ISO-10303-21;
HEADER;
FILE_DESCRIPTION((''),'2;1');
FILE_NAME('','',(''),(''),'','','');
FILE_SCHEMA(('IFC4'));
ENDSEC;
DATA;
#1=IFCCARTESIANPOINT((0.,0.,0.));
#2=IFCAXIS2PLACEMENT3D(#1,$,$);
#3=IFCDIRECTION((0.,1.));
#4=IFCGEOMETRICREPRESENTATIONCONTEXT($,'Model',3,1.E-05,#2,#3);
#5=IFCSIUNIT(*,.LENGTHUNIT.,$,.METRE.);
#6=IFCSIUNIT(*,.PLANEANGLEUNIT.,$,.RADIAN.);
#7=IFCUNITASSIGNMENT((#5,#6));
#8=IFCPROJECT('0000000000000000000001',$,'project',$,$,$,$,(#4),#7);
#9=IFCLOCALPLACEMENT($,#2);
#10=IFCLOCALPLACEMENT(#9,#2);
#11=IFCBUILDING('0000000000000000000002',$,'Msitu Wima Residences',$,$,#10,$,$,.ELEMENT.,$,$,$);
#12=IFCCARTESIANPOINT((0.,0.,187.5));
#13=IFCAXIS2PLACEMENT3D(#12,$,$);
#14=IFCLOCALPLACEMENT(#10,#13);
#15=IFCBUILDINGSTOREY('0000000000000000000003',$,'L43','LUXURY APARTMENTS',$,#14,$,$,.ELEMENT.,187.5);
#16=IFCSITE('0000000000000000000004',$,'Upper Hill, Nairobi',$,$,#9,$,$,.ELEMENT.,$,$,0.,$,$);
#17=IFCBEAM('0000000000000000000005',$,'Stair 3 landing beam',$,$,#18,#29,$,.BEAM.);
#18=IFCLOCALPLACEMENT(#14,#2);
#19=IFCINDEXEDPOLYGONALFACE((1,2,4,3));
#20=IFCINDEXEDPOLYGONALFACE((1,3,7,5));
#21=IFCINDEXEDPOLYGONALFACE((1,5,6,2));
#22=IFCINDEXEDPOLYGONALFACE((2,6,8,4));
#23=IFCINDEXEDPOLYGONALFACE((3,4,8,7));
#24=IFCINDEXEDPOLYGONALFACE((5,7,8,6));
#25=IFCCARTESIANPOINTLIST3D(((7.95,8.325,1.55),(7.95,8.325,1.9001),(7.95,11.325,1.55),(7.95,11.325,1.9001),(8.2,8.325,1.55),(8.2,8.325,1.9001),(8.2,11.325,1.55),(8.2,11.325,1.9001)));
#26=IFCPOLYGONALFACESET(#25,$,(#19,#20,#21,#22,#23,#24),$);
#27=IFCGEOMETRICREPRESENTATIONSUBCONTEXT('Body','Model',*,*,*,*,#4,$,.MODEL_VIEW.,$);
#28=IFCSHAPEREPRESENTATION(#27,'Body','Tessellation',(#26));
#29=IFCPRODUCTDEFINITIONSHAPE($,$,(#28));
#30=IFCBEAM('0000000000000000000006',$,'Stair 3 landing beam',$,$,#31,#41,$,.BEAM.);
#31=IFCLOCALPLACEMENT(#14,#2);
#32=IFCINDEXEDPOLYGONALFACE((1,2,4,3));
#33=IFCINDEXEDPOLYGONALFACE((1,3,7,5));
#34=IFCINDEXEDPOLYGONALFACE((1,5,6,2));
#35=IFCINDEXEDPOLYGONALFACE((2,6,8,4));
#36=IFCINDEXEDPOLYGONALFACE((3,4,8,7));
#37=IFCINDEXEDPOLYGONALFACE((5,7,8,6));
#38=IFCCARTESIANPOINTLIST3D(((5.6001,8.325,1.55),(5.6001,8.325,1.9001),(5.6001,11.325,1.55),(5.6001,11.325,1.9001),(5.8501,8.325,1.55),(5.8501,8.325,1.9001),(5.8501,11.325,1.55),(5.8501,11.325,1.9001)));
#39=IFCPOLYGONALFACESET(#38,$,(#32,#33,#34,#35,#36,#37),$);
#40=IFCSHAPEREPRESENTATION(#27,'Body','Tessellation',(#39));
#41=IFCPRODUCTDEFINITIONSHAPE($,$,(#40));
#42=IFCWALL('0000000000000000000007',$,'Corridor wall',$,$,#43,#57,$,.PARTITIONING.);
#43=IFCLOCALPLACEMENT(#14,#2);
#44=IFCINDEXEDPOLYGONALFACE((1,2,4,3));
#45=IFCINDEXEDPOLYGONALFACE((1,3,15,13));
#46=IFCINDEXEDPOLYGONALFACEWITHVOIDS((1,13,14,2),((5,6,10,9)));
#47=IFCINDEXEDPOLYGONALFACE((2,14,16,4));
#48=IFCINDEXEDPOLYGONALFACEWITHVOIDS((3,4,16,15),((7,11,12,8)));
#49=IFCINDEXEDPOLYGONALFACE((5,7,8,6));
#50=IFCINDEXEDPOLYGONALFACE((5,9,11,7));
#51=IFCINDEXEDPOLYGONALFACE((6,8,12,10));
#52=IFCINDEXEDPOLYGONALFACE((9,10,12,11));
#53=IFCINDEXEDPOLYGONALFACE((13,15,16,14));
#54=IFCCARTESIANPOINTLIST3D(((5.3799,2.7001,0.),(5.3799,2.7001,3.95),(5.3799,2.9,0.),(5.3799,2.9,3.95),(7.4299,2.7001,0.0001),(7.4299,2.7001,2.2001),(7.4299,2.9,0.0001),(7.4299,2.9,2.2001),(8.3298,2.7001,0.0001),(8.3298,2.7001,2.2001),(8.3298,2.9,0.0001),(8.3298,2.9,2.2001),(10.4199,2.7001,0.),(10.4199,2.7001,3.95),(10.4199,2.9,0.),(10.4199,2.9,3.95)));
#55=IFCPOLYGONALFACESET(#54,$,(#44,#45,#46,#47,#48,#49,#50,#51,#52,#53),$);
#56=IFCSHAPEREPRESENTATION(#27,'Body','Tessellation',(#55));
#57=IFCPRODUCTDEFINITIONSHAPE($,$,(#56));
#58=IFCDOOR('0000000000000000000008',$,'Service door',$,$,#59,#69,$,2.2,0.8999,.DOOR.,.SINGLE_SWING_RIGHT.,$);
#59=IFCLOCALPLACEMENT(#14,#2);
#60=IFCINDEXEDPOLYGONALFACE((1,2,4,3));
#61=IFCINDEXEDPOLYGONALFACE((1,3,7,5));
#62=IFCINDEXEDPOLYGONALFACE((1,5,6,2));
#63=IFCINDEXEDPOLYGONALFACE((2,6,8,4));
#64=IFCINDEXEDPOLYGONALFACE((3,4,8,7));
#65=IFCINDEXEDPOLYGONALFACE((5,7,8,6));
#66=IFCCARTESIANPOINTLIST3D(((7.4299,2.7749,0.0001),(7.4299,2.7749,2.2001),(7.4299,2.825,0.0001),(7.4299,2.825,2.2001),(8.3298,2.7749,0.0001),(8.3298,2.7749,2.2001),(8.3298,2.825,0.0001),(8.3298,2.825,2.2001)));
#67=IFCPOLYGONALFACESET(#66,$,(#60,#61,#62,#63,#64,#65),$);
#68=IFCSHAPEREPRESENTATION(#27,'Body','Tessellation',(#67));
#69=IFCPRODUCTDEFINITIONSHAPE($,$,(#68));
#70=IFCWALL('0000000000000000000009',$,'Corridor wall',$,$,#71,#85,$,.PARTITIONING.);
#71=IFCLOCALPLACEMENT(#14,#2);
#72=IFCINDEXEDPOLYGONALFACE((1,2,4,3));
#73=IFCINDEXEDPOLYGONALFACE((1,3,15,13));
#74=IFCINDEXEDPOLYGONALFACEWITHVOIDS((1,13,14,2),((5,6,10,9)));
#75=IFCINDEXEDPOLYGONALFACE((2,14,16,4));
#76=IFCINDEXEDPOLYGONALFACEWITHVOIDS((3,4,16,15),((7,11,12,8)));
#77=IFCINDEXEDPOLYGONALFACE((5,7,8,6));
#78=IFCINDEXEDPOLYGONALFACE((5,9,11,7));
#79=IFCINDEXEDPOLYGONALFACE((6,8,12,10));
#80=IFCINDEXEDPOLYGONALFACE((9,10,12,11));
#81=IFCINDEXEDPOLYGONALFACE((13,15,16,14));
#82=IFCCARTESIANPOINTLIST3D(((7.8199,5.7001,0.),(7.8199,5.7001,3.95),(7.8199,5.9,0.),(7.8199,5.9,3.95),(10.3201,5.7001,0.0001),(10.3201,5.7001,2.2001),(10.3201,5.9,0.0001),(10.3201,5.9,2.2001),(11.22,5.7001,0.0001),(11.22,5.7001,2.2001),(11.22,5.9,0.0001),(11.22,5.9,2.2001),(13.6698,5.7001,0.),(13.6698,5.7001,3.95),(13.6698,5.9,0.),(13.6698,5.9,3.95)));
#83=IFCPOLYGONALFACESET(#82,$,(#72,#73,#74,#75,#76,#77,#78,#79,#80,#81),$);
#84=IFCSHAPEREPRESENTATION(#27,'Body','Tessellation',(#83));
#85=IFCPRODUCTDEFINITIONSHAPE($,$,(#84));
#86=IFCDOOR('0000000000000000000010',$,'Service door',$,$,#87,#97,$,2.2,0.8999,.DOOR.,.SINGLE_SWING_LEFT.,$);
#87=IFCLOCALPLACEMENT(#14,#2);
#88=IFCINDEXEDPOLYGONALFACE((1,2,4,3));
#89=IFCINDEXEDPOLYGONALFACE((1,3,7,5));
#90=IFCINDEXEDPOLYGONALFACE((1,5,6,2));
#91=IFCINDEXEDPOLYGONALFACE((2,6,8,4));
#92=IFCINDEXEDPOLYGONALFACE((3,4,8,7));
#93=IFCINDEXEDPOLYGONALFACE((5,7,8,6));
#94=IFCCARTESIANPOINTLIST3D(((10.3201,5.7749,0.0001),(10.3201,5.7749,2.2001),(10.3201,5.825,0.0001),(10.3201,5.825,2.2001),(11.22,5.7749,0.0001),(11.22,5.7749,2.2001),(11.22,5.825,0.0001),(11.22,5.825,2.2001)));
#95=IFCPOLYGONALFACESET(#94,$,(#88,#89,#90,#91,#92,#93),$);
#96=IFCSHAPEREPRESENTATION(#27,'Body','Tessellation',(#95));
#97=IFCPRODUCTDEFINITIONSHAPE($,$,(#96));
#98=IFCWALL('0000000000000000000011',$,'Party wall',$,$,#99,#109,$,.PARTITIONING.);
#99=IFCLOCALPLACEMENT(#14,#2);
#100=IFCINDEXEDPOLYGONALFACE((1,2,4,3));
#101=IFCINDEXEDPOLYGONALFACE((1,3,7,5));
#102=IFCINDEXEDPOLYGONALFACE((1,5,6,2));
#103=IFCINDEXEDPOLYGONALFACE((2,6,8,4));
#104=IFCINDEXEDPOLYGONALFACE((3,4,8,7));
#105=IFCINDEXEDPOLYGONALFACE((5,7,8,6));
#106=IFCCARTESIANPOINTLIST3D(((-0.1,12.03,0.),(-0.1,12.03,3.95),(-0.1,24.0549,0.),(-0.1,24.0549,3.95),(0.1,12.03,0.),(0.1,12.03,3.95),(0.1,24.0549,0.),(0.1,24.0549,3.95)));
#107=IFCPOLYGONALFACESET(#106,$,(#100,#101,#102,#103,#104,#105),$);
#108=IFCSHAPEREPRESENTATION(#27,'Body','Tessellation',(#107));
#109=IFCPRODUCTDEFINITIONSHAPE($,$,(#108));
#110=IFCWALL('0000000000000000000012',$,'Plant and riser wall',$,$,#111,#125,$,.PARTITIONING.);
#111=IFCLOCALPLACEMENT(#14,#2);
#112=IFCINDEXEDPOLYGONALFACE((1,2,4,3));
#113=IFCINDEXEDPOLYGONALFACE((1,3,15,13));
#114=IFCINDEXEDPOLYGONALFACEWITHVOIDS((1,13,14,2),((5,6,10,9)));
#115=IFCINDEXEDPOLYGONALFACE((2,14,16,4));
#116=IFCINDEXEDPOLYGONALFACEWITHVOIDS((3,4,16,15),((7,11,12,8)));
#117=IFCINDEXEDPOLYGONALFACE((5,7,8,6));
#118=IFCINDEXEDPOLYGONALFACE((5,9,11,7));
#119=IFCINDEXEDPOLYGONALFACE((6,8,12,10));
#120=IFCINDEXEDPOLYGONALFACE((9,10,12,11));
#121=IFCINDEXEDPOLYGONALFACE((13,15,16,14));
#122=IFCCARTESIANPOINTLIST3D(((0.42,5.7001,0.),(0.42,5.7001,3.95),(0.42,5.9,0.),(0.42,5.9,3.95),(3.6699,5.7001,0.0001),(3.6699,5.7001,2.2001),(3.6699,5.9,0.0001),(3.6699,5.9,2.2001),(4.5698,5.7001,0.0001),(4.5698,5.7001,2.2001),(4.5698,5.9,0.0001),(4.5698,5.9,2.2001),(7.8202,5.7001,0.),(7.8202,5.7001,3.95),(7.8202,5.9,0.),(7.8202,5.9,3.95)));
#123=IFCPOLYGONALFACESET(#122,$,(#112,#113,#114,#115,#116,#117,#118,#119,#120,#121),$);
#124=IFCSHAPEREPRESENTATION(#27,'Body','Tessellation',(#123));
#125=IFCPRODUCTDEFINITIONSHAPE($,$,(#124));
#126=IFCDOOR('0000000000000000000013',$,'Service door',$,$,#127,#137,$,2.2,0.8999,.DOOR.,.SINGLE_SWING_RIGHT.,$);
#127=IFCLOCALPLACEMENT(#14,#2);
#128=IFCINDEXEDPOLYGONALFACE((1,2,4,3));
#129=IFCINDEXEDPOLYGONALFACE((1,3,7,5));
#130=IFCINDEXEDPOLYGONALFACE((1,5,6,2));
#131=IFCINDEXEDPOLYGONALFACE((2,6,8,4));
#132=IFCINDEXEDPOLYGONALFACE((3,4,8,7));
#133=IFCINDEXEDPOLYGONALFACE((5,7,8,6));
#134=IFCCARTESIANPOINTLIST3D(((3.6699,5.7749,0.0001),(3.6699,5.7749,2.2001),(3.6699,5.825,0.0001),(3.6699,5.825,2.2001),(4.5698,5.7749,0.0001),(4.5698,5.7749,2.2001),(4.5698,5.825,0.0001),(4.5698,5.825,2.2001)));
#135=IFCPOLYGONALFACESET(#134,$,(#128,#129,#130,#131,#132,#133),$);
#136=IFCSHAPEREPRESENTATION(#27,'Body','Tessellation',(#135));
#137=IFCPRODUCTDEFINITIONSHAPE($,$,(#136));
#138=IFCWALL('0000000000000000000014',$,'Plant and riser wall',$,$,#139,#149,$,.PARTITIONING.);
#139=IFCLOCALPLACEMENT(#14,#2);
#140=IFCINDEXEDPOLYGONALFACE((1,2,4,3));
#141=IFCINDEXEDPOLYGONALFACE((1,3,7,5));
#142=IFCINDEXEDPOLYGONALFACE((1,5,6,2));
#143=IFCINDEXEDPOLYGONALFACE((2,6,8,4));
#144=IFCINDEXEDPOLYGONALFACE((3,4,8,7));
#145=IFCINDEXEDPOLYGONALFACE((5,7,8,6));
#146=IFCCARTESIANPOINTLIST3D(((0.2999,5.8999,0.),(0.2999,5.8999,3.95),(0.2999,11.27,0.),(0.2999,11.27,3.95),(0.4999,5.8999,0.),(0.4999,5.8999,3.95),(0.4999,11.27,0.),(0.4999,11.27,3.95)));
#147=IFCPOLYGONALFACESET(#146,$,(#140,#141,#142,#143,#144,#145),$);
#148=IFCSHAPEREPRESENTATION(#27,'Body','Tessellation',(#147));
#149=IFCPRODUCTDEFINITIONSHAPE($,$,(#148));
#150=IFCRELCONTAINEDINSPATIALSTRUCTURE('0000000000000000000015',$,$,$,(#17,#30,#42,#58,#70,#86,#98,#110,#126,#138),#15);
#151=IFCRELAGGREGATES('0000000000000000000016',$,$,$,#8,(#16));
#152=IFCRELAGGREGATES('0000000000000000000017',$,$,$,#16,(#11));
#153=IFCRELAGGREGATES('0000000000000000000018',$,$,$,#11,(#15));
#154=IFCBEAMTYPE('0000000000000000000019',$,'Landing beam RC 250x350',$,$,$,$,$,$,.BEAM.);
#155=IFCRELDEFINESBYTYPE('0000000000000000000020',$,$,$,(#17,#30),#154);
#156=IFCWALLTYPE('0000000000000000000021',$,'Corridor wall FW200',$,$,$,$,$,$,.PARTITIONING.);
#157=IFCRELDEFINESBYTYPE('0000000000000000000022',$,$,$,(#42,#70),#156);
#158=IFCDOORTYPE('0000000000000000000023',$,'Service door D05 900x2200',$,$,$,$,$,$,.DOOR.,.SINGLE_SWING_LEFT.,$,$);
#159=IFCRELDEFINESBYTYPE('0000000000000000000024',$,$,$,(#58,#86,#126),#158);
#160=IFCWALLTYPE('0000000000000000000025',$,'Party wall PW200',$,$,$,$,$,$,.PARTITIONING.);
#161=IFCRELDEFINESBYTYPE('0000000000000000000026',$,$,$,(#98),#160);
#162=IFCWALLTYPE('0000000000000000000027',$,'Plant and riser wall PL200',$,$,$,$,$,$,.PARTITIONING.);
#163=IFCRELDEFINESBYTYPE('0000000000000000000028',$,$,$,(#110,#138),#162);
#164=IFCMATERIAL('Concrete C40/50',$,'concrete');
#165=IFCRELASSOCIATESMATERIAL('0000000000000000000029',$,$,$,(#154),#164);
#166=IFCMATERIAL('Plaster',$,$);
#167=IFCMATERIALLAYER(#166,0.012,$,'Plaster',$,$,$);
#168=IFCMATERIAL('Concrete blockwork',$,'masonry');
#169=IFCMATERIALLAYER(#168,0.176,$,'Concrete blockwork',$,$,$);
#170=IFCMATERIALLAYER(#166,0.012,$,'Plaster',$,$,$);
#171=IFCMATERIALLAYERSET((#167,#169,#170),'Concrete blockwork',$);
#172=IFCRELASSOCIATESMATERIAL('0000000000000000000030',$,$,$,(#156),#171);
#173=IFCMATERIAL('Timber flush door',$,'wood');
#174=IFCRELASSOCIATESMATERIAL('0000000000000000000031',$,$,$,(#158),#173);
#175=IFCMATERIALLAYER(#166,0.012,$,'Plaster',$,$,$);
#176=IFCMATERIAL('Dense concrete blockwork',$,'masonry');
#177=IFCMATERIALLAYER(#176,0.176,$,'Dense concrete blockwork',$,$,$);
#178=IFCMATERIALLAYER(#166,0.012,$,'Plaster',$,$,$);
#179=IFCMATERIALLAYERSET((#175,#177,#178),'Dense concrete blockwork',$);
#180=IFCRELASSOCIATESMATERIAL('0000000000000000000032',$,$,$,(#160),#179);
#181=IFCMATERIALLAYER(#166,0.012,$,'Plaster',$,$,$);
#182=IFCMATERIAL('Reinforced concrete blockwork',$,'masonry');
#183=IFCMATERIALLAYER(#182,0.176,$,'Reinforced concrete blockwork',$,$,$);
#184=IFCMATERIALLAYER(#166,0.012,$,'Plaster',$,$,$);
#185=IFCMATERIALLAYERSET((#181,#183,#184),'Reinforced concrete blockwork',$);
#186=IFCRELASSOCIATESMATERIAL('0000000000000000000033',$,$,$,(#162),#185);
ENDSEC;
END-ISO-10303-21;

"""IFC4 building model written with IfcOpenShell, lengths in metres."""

from ifc_helpers import new_model, si_unit, direction, frame, frame_2d, origin, origin_2d, place, context, subcontext, project, spatial, rectangle, extrude, material, layer, layer_set, material_profile, profile_set, type_object, element, fill, save


model = new_model("IFC4")

# Units and contexts
model_context = context("Model", 3, precision=1e-05, world=origin(), true_north=direction((0.0, 1.0)))
body_context = subcontext(model_context, "Body", "Model", "MODEL_VIEW")
ifc_project = project(units=[si_unit("LENGTHUNIT", "METRE"), si_unit("PLANEANGLEUNIT", "RADIAN")], contexts=[model_context])

# Site, building, storey
site_placement = place(None, origin())
site = spatial("IfcSite", under=ifc_project, at=site_placement, Name="Upper Hill, Nairobi", CompositionType="ELEMENT", RefElevation=0.0)
building_placement = place(site_placement, origin())
building = spatial("IfcBuilding", under=site, at=building_placement, Name="Msitu Wima Residences", CompositionType="ELEMENT")
storey_placement = place(building_placement, frame((0.0, 0.0, 187.5)))
storey = spatial("IfcBuildingStorey", under=building, at=storey_placement, Name="L43", Description="LUXURY APARTMENTS", CompositionType="ELEMENT", Elevation=187.5)

# Beams
ifc_material_1 = material(Name="Concrete C40/50", Category="concrete")
ifc_material_profile = material_profile(ifc_material_1, rectangle(XDim=0.25, YDim=0.3501, at=origin_2d()), Name="RC 250x350")
ifc_profile_set = profile_set([ifc_material_profile], Name="Concrete C40/50")
beam_type = type_object("IfcBeamType", Name="Landing beam RC 250x350", PredefinedType="BEAM", material=ifc_profile_set)
for number, where, z_axis, x_axis, name in (
    (1, (8.075, 8.325, 1.7251), (0.0, 1.0, 0.0), (-1.0, 0.0, 0.0), "Stair 3 landing beam"),
    (2, (5.7251, 8.325, 1.7251), (0.0, 1.0, 0.0), (-1.0, 0.0, 0.0), "Stair 3 landing beam"),
):
    element("IfcBeam", number, at=place(storey_placement, frame(where, z_axis=z_axis, x_axis=x_axis)), inside=storey, type_object=beam_type, Name=name, PredefinedType="BEAM", context=body_context, shape_type="SweptSolid", body=[
        extrude(rectangle(XDim=0.25, YDim=0.3501, at=origin_2d()), origin(), (0.0, 0.0, 1.0), 3.0),
    ])

# Walls, openings, doors
ifc_material_2 = material(Name="Plaster")
ifc_layer_1 = layer(ifc_material_2, 0.012, Name="Plaster")
ifc_material_3 = material(Name="Concrete blockwork", Category="masonry")
ifc_layer_2 = layer(ifc_material_3, 0.176, Name="Concrete blockwork")
ifc_layer_3 = layer(ifc_material_2, 0.012, Name="Plaster")
ifc_layer_set_1 = layer_set([ifc_layer_1, ifc_layer_2, ifc_layer_3], Name="Concrete blockwork")
wall_type_1 = type_object("IfcWallType", Name="Corridor wall FW200", PredefinedType="PARTITIONING", material=ifc_layer_set_1)
wall_1_placement = place(storey_placement, frame((5.3799, 2.8, 0.0), z_axis=(0.0, 0.0, 1.0), x_axis=(1.0, 0.0, 0.0)))
wall_1 = element("IfcWall", 3, at=wall_1_placement, inside=storey, type_object=wall_type_1, Name="Corridor wall", PredefinedType="PARTITIONING", context=body_context, shape_type="SweptSolid", body=[
    extrude(rectangle(XDim=5.04, YDim=0.2, at=frame_2d((2.52, 0.0))), origin(), (0.0, 0.0, 1.0), 3.95),
])
opening_1_placement = place(wall_1_placement, frame((2.05, 0.0, 0.0)))
opening_1 = element("IfcOpeningElement", 4, at=opening_1_placement, cuts=wall_1, PredefinedType="OPENING", context=body_context, shape_type="SweptSolid", body=[
    extrude(rectangle(XDim=0.8999, YDim=2.2, at=frame_2d((0.45, 1.1001))), frame((0.0, 0.1099, 0.0), z_axis=(0.0, -1.0, 0.0), x_axis=(1.0, 0.0, 0.0)), (0.0, 0.0, 1.0), 0.22),
])
ifc_material_4 = material(Name="Timber flush door", Category="wood")
door_type = type_object("IfcDoorType", Name="Service door D05 900x2200", OperationType="SINGLE_SWING_LEFT", PredefinedType="DOOR", material=ifc_material_4)
door_1_placement = place(opening_1_placement, origin())
door_1 = element("IfcDoor", 5, at=door_1_placement, inside=storey, type_object=door_type, Name="Service door", OperationType="SINGLE_SWING_RIGHT", OverallHeight=2.2, OverallWidth=0.8999, PredefinedType="DOOR", context=body_context, shape_type="SweptSolid", body=[
    extrude(rectangle(XDim=0.8999, YDim=2.2, at=frame_2d((0.45, 1.1001))), frame((0.0, 0.0249, 0.0), z_axis=(0.0, -1.0, 0.0), x_axis=(1.0, 0.0, 0.0)), (0.0, 0.0, 1.0), 0.05),
])
fill(opening_1, door_1)
wall_2_placement = place(storey_placement, frame((7.8201, 5.8, 0.0), z_axis=(0.0, 0.0, 1.0), x_axis=(1.0, 0.0, 0.0)))
wall_2 = element("IfcWall", 6, at=wall_2_placement, inside=storey, type_object=wall_type_1, Name="Corridor wall", PredefinedType="PARTITIONING", context=body_context, shape_type="SweptSolid", body=[
    extrude(rectangle(XDim=5.8499, YDim=0.2, at=frame_2d((2.9248, 0.0))), origin(), (0.0, 0.0, 1.0), 3.95),
])
opening_2_placement = place(wall_2_placement, frame((2.5, 0.0, 0.0)))
opening_2 = element("IfcOpeningElement", 7, at=opening_2_placement, cuts=wall_2, PredefinedType="OPENING", context=body_context, shape_type="SweptSolid", body=[
    extrude(rectangle(XDim=0.8999, YDim=2.2, at=frame_2d((0.45, 1.1001))), frame((0.0, 0.1099, 0.0), z_axis=(0.0, -1.0, 0.0), x_axis=(1.0, 0.0, 0.0)), (0.0, 0.0, 1.0), 0.22),
])
door_2_placement = place(opening_2_placement, origin())
door_2 = element("IfcDoor", 8, at=door_2_placement, inside=storey, type_object=door_type, Name="Service door", OperationType="SINGLE_SWING_LEFT", OverallHeight=2.2, OverallWidth=0.8999, PredefinedType="DOOR", context=body_context, shape_type="SweptSolid", body=[
    extrude(rectangle(XDim=0.8999, YDim=2.2, at=frame_2d((0.45, 1.1001))), frame((0.0, 0.0249, 0.0), z_axis=(0.0, -1.0, 0.0), x_axis=(1.0, 0.0, 0.0)), (0.0, 0.0, 1.0), 0.05),
])
fill(opening_2, door_2)

# Wall
ifc_layer_4 = layer(ifc_material_2, 0.012, Name="Plaster")
ifc_material_5 = material(Name="Dense concrete blockwork", Category="masonry")
ifc_layer_5 = layer(ifc_material_5, 0.176, Name="Dense concrete blockwork")
ifc_layer_6 = layer(ifc_material_2, 0.012, Name="Plaster")
ifc_layer_set_2 = layer_set([ifc_layer_4, ifc_layer_5, ifc_layer_6], Name="Dense concrete blockwork")
wall_type_2 = type_object("IfcWallType", Name="Party wall PW200", PredefinedType="PARTITIONING", material=ifc_layer_set_2)
wall_3_placement = place(storey_placement, frame((0.0, 12.03, 0.0), z_axis=(0.0, 0.0, 1.0), x_axis=(0.0, 1.0, 0.0)))
element("IfcWall", 9, at=wall_3_placement, inside=storey, type_object=wall_type_2, Name="Party wall", PredefinedType="PARTITIONING", context=body_context, shape_type="SweptSolid", body=[
    extrude(rectangle(XDim=12.0249, YDim=0.2, at=frame_2d((6.0125, 0.0))), origin(), (0.0, 0.0, 1.0), 3.95),
])

# Wall, opening, door
ifc_layer_7 = layer(ifc_material_2, 0.012, Name="Plaster")
ifc_material_6 = material(Name="Reinforced concrete blockwork", Category="masonry")
ifc_layer_8 = layer(ifc_material_6, 0.176, Name="Reinforced concrete blockwork")
ifc_layer_9 = layer(ifc_material_2, 0.012, Name="Plaster")
ifc_layer_set_3 = layer_set([ifc_layer_7, ifc_layer_8, ifc_layer_9], Name="Reinforced concrete blockwork")
wall_type_3 = type_object("IfcWallType", Name="Plant and riser wall PL200", PredefinedType="PARTITIONING", material=ifc_layer_set_3)
wall_4_placement = place(storey_placement, frame((0.4199, 5.8, 0.0), z_axis=(0.0, 0.0, 1.0), x_axis=(1.0, 0.0, 0.0)))
wall_4 = element("IfcWall", 10, at=wall_4_placement, inside=storey, type_object=wall_type_3, Name="Plant and riser wall", PredefinedType="PARTITIONING", context=body_context, shape_type="SweptSolid", body=[
    extrude(rectangle(XDim=7.4001, YDim=0.2, at=frame_2d((3.7002, 0.0))), origin(), (0.0, 0.0, 1.0), 3.95),
])
opening_3_placement = place(wall_4_placement, frame((3.25, 0.0, 0.0)))
opening_3 = element("IfcOpeningElement", 11, at=opening_3_placement, cuts=wall_4, PredefinedType="OPENING", context=body_context, shape_type="SweptSolid", body=[
    extrude(rectangle(XDim=0.8999, YDim=2.2, at=frame_2d((0.45, 1.1001))), frame((0.0, 0.1099, 0.0), z_axis=(0.0, -1.0, 0.0), x_axis=(1.0, 0.0, 0.0)), (0.0, 0.0, 1.0), 0.22),
])
door_3_placement = place(opening_3_placement, origin())
door_3 = element("IfcDoor", 12, at=door_3_placement, inside=storey, type_object=door_type, Name="Service door", OperationType="SINGLE_SWING_RIGHT", OverallHeight=2.2, OverallWidth=0.8999, PredefinedType="DOOR", context=body_context, shape_type="SweptSolid", body=[
    extrude(rectangle(XDim=0.8999, YDim=2.2, at=frame_2d((0.45, 1.1001))), frame((0.0, 0.0249, 0.0), z_axis=(0.0, -1.0, 0.0), x_axis=(1.0, 0.0, 0.0)), (0.0, 0.0, 1.0), 0.05),
])
fill(opening_3, door_3)

# Wall
wall_5_placement = place(storey_placement, frame((0.3999, 5.8999, 0.0), z_axis=(0.0, 0.0, 1.0), x_axis=(0.0, 1.0, 0.0)))
element("IfcWall", 13, at=wall_5_placement, inside=storey, type_object=wall_type_3, Name="Plant and riser wall", PredefinedType="PARTITIONING", context=body_context, shape_type="SweptSolid", body=[
    extrude(rectangle(XDim=5.3701, YDim=0.2, at=frame_2d((2.6851, 0.0))), origin(), (0.0, 0.0, 1.0), 3.95),
])

save(model, "model.ifc")
